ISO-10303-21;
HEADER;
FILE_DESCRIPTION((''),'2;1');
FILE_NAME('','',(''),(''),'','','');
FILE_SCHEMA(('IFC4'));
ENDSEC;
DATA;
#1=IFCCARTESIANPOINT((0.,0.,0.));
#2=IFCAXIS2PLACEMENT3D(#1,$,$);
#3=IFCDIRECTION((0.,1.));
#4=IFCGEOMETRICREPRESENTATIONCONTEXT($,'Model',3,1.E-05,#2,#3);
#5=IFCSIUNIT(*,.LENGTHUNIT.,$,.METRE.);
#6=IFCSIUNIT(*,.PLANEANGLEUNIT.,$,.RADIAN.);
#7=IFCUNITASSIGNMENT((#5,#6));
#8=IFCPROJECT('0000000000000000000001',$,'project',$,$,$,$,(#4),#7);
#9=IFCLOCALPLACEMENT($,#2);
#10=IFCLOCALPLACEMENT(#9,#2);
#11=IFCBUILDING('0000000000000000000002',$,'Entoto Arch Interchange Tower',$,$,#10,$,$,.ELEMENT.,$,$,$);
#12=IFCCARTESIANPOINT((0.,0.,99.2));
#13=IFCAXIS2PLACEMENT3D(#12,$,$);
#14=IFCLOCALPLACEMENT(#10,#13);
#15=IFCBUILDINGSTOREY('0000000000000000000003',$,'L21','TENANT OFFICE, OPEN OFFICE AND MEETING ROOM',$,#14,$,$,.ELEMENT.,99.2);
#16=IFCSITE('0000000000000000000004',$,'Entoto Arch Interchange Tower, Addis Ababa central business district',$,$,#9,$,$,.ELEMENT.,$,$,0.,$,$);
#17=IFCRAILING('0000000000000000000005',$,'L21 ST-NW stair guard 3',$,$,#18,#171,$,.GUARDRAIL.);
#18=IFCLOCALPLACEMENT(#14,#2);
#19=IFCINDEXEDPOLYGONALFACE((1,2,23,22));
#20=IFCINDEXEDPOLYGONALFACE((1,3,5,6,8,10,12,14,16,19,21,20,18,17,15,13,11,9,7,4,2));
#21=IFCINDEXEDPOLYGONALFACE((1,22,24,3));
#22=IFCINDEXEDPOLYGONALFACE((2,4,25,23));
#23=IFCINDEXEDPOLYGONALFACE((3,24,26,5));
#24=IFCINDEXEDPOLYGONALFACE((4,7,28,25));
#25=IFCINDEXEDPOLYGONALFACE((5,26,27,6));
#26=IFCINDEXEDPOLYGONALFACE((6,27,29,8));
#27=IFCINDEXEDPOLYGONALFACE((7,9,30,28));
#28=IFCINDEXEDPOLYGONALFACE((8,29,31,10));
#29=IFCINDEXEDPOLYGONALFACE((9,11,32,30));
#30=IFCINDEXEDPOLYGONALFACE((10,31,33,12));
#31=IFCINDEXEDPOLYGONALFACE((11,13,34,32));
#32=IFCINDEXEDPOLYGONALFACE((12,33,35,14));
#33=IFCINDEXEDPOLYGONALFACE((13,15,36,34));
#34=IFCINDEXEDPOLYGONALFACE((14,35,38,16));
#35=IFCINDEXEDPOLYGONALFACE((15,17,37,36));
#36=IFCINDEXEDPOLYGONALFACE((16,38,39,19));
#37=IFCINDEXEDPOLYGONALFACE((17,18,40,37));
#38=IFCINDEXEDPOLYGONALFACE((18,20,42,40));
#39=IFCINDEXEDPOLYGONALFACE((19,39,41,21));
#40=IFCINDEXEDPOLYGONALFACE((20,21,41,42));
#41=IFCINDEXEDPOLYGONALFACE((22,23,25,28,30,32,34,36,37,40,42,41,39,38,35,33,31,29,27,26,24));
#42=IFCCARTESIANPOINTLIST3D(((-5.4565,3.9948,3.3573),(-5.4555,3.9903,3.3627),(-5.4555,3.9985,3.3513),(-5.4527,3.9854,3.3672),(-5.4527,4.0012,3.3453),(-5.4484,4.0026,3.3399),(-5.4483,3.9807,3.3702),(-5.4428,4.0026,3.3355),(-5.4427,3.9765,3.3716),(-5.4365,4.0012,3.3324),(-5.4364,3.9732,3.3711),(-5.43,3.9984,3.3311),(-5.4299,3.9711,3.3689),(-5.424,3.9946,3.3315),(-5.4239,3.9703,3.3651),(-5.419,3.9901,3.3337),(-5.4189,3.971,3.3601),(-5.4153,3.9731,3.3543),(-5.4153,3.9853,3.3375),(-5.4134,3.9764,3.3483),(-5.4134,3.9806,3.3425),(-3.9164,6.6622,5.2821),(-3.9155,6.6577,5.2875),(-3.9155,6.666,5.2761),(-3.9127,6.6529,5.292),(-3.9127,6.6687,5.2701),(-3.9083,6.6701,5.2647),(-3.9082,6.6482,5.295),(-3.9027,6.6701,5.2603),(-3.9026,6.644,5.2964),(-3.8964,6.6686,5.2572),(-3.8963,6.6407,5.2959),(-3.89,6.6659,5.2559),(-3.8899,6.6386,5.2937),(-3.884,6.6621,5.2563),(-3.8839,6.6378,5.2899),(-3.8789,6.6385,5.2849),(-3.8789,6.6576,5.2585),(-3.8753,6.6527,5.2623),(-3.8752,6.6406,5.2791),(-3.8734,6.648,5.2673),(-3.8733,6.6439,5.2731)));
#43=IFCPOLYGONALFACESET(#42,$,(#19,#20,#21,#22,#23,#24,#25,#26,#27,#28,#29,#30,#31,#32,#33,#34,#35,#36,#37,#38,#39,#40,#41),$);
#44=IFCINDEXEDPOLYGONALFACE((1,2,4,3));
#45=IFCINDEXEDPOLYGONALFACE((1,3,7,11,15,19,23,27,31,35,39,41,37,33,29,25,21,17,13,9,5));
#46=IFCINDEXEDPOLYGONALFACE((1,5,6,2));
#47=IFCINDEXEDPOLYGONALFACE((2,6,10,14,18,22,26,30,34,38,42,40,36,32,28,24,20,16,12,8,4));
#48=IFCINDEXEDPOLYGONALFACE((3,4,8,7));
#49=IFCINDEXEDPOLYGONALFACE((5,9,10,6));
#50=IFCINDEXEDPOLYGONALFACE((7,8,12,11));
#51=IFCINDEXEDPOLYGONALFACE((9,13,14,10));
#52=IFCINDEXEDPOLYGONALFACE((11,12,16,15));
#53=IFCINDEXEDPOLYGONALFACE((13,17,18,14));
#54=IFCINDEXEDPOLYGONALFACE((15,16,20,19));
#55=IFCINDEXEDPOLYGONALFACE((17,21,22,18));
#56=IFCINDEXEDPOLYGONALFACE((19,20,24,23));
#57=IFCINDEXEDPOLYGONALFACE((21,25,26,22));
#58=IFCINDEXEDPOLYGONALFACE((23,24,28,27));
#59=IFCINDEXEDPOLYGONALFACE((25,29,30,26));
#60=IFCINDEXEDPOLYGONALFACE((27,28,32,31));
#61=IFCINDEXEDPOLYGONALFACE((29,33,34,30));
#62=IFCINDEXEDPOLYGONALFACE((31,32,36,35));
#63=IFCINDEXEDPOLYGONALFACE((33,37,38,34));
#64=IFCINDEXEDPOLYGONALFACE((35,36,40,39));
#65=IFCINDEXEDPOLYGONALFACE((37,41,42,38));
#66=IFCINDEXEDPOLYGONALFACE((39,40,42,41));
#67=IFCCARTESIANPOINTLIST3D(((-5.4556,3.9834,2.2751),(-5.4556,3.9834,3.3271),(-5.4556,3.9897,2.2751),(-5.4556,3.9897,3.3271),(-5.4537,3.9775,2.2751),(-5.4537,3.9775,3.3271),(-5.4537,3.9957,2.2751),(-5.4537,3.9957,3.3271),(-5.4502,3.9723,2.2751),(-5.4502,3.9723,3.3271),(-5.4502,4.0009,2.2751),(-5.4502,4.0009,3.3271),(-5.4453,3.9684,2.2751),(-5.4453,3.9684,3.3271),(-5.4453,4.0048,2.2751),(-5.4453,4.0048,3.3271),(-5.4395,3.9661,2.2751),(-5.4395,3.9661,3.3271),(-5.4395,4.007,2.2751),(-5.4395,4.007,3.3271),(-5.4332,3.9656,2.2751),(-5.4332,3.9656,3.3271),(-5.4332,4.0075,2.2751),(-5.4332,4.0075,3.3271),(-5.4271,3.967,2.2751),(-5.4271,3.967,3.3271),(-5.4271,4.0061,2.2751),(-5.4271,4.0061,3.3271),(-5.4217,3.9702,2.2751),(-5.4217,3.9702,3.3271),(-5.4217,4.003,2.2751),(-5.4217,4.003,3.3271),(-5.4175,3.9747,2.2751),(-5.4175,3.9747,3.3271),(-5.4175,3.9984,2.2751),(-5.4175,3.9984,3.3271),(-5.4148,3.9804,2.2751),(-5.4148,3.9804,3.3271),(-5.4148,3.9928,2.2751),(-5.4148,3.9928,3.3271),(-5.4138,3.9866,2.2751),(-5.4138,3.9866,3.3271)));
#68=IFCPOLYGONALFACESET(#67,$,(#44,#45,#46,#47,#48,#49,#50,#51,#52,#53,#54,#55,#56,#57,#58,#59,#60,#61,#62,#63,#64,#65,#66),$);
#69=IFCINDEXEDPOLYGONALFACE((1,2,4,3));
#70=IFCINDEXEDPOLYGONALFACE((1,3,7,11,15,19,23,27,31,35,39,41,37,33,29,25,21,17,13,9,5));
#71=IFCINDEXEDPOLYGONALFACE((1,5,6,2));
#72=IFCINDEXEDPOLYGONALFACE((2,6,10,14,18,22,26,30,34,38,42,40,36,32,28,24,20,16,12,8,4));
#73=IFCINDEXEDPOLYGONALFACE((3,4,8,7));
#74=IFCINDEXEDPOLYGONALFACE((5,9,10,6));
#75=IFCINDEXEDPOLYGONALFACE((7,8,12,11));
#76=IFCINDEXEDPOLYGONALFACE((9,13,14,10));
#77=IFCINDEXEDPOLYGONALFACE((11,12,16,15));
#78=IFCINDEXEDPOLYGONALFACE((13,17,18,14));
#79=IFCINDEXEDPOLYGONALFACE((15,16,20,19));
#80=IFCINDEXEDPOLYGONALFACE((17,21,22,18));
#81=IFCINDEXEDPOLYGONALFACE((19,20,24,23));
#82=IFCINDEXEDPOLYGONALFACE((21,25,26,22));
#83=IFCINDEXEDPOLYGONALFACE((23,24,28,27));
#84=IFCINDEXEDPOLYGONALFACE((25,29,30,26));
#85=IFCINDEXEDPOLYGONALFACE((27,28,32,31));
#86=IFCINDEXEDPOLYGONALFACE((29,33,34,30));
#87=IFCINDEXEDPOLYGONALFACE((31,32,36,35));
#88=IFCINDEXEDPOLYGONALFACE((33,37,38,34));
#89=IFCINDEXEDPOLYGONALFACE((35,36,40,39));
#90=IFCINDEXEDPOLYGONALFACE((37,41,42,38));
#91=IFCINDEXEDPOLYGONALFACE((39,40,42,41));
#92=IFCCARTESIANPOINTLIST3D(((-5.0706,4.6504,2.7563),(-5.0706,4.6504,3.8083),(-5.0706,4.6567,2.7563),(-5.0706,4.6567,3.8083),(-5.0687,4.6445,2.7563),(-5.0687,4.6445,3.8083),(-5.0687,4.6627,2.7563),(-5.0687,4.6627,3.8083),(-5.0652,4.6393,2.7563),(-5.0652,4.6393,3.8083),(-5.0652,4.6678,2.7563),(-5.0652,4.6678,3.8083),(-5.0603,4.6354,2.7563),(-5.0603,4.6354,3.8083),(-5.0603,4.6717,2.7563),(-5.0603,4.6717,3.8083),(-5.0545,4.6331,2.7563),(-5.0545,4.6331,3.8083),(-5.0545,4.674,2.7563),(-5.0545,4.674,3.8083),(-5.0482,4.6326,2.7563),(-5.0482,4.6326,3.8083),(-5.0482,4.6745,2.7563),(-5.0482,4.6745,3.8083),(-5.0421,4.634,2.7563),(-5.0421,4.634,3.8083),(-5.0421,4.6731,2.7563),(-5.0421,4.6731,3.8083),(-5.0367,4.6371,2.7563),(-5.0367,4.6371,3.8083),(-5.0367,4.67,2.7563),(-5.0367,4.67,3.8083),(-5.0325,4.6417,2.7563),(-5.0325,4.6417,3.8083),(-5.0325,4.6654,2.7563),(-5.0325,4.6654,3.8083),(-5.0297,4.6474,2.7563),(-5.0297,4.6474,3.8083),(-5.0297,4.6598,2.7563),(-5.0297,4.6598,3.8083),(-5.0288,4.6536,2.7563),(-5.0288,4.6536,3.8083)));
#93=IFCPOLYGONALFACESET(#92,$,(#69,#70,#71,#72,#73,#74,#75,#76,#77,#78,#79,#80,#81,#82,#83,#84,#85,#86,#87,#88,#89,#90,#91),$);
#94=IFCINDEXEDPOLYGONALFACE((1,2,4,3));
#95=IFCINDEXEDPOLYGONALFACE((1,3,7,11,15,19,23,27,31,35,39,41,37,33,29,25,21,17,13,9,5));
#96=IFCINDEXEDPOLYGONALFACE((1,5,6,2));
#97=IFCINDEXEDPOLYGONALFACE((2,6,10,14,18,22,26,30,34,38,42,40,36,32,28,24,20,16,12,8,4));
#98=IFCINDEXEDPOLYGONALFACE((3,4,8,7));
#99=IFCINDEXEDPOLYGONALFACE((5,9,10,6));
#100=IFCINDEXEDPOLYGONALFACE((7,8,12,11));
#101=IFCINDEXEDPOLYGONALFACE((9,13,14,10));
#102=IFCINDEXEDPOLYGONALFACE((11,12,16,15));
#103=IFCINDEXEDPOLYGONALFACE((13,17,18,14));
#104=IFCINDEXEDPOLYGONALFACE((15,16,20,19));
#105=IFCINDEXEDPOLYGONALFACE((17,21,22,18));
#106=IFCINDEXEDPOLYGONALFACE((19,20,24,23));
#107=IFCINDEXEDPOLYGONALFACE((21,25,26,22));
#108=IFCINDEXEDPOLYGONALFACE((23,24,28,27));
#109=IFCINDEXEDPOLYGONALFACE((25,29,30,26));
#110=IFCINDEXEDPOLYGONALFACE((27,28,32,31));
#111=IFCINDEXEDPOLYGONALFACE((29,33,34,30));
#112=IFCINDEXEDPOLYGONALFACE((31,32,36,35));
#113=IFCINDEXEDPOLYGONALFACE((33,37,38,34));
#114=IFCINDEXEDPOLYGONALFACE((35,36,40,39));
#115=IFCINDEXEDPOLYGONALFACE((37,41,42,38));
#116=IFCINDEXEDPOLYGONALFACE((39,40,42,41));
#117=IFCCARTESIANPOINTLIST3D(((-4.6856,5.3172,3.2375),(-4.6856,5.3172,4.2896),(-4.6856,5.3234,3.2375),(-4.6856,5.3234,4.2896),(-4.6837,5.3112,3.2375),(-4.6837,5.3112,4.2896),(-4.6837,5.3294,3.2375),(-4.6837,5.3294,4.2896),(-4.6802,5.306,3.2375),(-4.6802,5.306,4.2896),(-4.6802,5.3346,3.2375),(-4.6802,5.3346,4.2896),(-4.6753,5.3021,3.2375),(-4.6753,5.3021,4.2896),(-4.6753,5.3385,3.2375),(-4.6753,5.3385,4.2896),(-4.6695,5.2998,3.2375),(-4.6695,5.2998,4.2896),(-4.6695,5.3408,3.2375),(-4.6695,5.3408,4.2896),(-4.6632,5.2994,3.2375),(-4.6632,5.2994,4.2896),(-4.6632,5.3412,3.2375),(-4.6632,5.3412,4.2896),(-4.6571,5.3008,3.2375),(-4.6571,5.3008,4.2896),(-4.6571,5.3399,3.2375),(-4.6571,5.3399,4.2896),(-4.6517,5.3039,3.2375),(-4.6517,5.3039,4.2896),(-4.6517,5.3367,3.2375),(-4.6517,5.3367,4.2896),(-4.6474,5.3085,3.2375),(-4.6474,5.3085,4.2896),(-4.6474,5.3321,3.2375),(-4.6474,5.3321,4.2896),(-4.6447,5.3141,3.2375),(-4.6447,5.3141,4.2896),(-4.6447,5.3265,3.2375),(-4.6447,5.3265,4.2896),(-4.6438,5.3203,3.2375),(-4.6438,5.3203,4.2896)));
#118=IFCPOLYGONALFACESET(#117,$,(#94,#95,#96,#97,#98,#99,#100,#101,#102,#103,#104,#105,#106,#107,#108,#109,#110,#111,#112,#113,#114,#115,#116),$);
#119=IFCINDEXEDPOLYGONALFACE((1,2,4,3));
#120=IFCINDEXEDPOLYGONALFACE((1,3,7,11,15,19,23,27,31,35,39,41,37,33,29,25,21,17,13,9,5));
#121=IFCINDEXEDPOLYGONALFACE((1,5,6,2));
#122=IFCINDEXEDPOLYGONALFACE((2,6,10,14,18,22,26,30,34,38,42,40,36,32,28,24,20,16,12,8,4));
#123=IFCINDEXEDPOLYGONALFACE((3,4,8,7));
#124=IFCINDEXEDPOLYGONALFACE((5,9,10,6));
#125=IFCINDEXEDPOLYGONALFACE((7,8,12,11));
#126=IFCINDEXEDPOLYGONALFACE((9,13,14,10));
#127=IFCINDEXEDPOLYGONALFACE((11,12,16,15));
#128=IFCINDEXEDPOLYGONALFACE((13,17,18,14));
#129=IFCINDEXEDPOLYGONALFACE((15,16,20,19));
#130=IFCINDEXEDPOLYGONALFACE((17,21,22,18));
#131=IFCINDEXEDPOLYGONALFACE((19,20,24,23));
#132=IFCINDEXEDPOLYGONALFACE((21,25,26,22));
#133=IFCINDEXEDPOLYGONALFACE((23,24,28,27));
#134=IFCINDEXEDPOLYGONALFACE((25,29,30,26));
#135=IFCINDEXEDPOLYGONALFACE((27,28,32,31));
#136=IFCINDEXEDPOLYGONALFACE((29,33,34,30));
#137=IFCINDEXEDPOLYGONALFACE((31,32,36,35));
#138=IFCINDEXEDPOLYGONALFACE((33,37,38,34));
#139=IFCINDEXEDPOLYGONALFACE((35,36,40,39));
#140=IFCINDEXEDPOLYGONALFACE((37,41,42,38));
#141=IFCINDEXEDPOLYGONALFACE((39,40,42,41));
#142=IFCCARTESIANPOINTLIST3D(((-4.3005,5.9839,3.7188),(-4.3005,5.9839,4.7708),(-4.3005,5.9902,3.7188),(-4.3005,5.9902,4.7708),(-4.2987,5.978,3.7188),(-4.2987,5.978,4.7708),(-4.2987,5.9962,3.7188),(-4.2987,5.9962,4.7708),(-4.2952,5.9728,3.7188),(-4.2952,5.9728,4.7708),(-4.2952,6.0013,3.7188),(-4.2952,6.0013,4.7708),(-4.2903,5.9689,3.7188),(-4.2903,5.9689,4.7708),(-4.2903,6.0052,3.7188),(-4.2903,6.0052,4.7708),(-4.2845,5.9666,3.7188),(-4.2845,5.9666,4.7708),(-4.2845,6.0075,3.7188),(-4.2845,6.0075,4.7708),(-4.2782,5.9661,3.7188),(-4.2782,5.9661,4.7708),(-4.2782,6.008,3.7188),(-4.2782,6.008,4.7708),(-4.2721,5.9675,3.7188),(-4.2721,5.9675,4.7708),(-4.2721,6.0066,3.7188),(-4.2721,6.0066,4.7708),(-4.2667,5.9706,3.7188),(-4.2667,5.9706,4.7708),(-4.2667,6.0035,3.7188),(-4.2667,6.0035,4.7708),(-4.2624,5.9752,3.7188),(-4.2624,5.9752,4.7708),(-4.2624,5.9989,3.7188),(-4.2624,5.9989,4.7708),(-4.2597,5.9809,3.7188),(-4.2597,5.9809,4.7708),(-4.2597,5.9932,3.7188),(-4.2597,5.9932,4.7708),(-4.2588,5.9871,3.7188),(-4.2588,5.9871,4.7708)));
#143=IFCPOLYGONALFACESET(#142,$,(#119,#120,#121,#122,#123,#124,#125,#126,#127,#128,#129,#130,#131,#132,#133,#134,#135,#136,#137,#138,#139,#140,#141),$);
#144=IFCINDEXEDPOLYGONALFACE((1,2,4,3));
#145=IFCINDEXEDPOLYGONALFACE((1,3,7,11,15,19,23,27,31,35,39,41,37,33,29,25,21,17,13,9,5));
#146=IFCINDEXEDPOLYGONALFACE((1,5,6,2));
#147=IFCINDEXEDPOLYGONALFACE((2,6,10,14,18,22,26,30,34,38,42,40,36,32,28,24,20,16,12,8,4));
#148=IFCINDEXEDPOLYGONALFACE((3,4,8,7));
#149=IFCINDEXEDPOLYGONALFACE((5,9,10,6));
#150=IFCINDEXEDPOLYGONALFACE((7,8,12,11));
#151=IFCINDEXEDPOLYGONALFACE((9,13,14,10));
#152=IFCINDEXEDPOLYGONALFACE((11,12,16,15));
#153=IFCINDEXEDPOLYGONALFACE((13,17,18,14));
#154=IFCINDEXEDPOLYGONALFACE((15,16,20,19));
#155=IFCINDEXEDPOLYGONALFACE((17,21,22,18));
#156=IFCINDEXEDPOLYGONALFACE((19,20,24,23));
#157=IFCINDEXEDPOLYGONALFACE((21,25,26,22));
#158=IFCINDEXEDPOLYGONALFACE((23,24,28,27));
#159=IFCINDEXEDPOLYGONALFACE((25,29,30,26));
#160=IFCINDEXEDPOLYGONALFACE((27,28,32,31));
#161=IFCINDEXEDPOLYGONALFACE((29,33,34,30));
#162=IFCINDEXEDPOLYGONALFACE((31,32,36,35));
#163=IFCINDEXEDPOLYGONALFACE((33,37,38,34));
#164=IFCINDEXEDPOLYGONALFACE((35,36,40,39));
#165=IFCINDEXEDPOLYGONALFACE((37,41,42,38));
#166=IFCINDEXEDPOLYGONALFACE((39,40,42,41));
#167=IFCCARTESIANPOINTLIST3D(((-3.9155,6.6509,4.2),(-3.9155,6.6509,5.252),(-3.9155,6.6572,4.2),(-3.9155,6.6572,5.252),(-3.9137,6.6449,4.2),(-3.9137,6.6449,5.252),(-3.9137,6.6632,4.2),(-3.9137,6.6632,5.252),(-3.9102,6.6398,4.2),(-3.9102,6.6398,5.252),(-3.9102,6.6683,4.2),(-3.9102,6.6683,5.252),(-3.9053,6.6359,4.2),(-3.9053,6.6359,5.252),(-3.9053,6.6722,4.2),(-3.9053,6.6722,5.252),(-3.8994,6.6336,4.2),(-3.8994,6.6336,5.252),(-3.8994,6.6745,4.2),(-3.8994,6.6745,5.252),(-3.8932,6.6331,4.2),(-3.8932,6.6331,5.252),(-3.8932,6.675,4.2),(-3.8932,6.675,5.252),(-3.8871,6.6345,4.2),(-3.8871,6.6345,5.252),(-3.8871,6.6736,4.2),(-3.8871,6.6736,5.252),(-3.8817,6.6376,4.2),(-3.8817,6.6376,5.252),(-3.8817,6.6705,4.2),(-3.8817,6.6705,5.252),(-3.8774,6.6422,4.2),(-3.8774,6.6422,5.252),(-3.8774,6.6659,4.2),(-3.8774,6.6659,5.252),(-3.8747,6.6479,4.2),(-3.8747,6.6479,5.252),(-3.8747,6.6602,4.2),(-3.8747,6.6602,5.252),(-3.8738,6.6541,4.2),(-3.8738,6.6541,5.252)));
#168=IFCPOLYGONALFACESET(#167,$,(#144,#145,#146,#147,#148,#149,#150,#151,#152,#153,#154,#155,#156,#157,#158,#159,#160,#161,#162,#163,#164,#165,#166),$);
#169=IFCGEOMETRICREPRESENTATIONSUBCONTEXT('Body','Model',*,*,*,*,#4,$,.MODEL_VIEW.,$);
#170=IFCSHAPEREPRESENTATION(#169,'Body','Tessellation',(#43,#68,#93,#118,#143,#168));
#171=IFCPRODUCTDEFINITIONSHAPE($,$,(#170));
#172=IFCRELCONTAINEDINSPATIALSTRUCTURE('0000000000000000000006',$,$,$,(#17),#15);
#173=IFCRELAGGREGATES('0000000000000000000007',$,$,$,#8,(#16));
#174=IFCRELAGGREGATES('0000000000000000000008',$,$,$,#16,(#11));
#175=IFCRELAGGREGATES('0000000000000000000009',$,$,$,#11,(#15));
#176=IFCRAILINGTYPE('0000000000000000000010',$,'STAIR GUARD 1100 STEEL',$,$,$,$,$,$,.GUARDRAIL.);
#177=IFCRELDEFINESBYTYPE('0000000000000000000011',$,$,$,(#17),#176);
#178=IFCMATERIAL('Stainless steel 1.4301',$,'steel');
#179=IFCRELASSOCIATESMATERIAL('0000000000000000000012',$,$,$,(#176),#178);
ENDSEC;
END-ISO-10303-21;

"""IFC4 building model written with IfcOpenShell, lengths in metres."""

from ifc_helpers import new_model, si_unit, direction, frame, origin, origin_2d, place, context, subcontext, project, spatial, circle, extrude, material, type_object, element, save


model = new_model("IFC4")

# Units and contexts
model_context = context("Model", 3, precision=1e-05, world=origin(), true_north=direction((0.0, 1.0)))
body_context = subcontext(model_context, "Body", "Model", "MODEL_VIEW")
ifc_project = project(units=[si_unit("LENGTHUNIT", "METRE"), si_unit("PLANEANGLEUNIT", "RADIAN")], contexts=[model_context])

# Site, building, storey
site_placement = place(None, origin())
site = spatial("IfcSite", under=ifc_project, at=site_placement, Name="Entoto Arch Interchange Tower, Addis Ababa central business district", CompositionType="ELEMENT", RefElevation=0.0)
building_placement = place(site_placement, origin())
building = spatial("IfcBuilding", under=site, at=building_placement, Name="Entoto Arch Interchange Tower", CompositionType="ELEMENT")
storey_placement = place(building_placement, frame((0.0, 0.0, 99.2)))
storey = spatial("IfcBuildingStorey", under=building, at=storey_placement, Name="L21", Description="TENANT OFFICE, OPEN OFFICE AND MEETING ROOM", CompositionType="ELEMENT", Elevation=99.2)

# Railing
ifc_material_1 = material(Name="Stainless steel 1.4301", Category="steel")
railing_type_1 = type_object("IfcRailingType", Name="STAIR GUARD 1100 STEEL", PredefinedType="GUARDRAIL", material=ifc_material_1)
railing_1_placement = place(storey_placement, frame((-5.4348, 3.9866, 2.2751)))
element("IfcRailing", 1, at=railing_1_placement, inside=storey, type_object=railing_type_1, Name="L21 ST-NW stair guard 3", PredefinedType="GUARDRAIL", context=body_context, shape_type="SweptSolid", body=[
    extrude(circle(Radius=0.0239, at=origin_2d()), frame((0.0, 0.0, 1.0762), z_axis=(0.42401, 0.734421, 0.529945), x_axis=(-0.86603, 0.499992, 0.0)), (0.0, 0.0, 1.0), 3.6321),
    extrude(circle(Radius=0.021, at=origin_2d()), origin(), (0.0, 0.0, 1.0), 1.052),
    extrude(circle(Radius=0.021, at=origin_2d()), frame((0.385, 0.667, 0.4812)), (0.0, 0.0, 1.0), 1.052),
    extrude(circle(Radius=0.021, at=origin_2d()), frame((0.77, 1.3337, 0.9624)), (0.0, 0.0, 1.0), 1.052),
    extrude(circle(Radius=0.021, at=origin_2d()), frame((1.155, 2.0005, 1.4436)), (0.0, 0.0, 1.0), 1.052),
    extrude(circle(Radius=0.021, at=origin_2d()), frame((1.54, 2.6675, 1.9248)), (0.0, 0.0, 1.0), 1.052),
])

save(model, "model.ifc")
